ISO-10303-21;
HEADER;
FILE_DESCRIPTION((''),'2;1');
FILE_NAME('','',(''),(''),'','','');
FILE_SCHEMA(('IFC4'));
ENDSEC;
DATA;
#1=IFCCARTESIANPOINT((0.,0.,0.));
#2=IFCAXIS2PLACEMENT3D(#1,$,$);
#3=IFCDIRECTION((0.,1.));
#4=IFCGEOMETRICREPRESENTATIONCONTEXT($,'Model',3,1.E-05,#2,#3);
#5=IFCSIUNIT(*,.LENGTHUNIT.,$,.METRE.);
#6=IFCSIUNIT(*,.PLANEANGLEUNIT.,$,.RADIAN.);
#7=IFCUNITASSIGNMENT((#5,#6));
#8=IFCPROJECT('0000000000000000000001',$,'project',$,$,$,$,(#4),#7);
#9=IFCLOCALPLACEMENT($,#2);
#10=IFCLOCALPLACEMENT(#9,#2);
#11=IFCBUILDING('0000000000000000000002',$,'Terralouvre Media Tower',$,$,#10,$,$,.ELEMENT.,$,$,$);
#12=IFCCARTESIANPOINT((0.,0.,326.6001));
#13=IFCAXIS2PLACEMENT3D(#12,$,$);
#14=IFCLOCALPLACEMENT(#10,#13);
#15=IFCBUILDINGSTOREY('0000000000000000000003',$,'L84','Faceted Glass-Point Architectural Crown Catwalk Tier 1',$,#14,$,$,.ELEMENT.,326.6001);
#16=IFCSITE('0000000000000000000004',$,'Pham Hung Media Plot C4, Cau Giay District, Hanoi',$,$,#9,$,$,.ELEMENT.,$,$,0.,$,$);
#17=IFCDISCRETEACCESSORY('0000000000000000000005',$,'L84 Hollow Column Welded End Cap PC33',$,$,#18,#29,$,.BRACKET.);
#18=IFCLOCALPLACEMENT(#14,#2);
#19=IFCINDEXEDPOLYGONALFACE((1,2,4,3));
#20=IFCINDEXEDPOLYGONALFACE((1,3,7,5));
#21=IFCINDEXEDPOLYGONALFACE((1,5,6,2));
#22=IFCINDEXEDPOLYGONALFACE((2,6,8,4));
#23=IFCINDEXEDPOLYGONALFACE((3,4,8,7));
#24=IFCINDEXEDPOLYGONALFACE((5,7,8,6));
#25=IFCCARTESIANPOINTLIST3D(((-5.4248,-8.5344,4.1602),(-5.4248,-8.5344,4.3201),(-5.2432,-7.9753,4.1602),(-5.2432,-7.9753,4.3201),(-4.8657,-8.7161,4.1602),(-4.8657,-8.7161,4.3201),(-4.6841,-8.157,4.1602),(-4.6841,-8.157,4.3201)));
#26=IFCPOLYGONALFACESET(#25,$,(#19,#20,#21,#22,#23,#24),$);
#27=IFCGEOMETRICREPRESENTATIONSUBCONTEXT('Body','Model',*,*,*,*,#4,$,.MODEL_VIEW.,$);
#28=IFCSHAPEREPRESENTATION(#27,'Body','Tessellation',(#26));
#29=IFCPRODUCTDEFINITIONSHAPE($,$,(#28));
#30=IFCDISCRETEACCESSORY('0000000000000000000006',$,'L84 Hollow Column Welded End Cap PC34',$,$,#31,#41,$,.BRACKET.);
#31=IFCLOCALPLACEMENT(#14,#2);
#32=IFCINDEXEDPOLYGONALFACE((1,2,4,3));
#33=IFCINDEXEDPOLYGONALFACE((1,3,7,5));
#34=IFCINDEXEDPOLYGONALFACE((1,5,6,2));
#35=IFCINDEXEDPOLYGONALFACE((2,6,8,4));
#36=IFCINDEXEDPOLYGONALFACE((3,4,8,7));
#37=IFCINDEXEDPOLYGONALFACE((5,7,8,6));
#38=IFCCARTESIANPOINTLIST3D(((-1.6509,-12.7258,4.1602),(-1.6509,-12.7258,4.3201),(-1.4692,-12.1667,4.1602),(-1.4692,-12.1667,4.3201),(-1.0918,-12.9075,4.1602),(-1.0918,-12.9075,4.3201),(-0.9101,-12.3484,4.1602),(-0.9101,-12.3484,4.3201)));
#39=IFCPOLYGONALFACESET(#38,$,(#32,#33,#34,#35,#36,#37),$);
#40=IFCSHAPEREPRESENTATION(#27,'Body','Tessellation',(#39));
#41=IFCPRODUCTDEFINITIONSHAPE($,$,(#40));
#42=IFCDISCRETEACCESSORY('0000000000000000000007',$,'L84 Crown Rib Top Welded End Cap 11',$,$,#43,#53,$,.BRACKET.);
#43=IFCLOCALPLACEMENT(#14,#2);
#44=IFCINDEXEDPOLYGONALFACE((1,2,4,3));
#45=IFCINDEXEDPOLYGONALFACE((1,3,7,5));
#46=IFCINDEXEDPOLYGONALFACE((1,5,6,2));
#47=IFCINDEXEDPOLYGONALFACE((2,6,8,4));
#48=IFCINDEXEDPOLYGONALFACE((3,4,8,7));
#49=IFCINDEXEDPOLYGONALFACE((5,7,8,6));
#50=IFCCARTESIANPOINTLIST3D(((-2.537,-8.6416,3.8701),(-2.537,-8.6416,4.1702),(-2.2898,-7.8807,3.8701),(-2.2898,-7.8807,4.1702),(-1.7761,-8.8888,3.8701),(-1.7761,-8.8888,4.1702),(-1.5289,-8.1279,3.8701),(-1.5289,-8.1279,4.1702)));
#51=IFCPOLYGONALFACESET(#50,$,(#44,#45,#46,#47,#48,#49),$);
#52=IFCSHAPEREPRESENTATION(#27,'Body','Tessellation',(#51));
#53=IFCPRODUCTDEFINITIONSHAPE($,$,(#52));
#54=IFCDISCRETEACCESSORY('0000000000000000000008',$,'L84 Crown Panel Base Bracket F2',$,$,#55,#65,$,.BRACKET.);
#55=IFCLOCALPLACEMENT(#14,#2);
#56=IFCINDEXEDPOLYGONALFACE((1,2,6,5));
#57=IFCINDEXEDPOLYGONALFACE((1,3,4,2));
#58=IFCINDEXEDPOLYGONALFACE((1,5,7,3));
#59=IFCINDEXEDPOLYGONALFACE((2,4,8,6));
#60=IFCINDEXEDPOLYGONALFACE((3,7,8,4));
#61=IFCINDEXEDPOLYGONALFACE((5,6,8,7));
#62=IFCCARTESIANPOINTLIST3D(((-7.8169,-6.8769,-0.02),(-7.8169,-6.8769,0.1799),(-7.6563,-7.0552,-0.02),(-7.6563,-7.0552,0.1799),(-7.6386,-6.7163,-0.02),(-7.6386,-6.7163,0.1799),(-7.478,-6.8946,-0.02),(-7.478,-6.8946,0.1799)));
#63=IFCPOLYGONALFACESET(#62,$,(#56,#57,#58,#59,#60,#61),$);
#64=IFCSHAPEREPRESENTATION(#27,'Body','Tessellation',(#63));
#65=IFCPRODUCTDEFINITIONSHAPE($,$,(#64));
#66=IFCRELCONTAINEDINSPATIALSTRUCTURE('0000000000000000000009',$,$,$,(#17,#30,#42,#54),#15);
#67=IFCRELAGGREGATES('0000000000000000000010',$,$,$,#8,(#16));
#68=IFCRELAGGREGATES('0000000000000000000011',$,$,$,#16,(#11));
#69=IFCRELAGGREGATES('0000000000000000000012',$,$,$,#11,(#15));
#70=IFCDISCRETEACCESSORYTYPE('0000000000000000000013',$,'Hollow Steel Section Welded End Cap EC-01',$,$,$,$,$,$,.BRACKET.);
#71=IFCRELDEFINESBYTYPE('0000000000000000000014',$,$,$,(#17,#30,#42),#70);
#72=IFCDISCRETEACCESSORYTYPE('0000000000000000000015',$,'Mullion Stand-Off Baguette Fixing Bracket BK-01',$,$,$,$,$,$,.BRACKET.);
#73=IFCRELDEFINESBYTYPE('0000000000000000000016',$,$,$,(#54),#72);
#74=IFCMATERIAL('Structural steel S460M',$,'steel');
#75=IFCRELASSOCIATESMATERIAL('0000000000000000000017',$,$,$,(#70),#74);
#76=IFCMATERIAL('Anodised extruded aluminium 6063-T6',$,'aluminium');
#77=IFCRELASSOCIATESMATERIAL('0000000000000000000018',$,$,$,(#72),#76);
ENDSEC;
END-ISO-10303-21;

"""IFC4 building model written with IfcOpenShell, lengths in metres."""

from ifc_helpers import new_model, si_unit, direction, frame, origin, origin_2d, place, context, subcontext, project, spatial, rectangle, extrude, material, type_object, element, save


model = new_model("IFC4")

# Units and contexts
model_context = context("Model", 3, precision=1e-05, world=origin(), true_north=direction((0.0, 1.0)))
body_context = subcontext(model_context, "Body", "Model", "MODEL_VIEW")
ifc_project = project(units=[si_unit("LENGTHUNIT", "METRE"), si_unit("PLANEANGLEUNIT", "RADIAN")], contexts=[model_context])

# Site, building, storey
site_placement = place(None, origin())
site = spatial("IfcSite", under=ifc_project, at=site_placement, Name="Pham Hung Media Plot C4, Cau Giay District, Hanoi", CompositionType="ELEMENT", RefElevation=0.0)
building_placement = place(site_placement, origin())
building = spatial("IfcBuilding", under=site, at=building_placement, Name="Terralouvre Media Tower", CompositionType="ELEMENT")
storey_placement = place(building_placement, frame((0.0, 0.0, 326.6001)))
storey = spatial("IfcBuildingStorey", under=building, at=storey_placement, Name="L84", Description="Faceted Glass-Point Architectural Crown Catwalk Tier 1", CompositionType="ELEMENT", Elevation=326.6001)

# Discrete accessories
ifc_material_1 = material(Name="Structural steel S460M", Category="steel")
discrete_accessory_type_1 = type_object("IfcDiscreteAccessoryType", Name="Hollow Steel Section Welded End Cap EC-01", PredefinedType="BRACKET", material=ifc_material_1)
for number, where, z_axis, x_axis, name in (
    (1, (-5.0544, -8.3457, 4.1602), (0.0, 0.0, 1.0), (0.309017, 0.951057, 0.0), "L84 Hollow Column Welded End Cap PC33"),
    (2, (-1.2805, -12.5371, 4.1602), (0.0, 0.0, 1.0), (0.309017, 0.951057, 0.0), "L84 Hollow Column Welded End Cap PC34"),
):
    element("IfcDiscreteAccessory", number, at=place(storey_placement, frame(where, z_axis=z_axis, x_axis=x_axis)), inside=storey, type_object=discrete_accessory_type_1, Name=name, PredefinedType="BRACKET", context=body_context, shape_type="SweptSolid", body=[
        extrude(rectangle(XDim=0.5879, YDim=0.5879, at=origin_2d()), origin(), (0.0, 0.0, 1.0), 0.1599),
    ])
discrete_accessory_1_placement = place(storey_placement, frame((-2.033, -8.3848, 3.8701), z_axis=(0.0, 0.0, 1.0), x_axis=(0.309017, 0.951057, 0.0)))
element("IfcDiscreteAccessory", 3, at=discrete_accessory_1_placement, inside=storey, type_object=discrete_accessory_type_1, Name="L84 Crown Rib Top Welded End Cap 11", PredefinedType="BRACKET", context=body_context, shape_type="SweptSolid", body=[
    extrude(rectangle(XDim=0.8, YDim=0.8, at=origin_2d()), origin(), (0.0, 0.0, 1.0), 0.3),
])
ifc_material_2 = material(Name="Anodised extruded aluminium 6063-T6", Category="aluminium")
discrete_accessory_type_2 = type_object("IfcDiscreteAccessoryType", Name="Mullion Stand-Off Baguette Fixing Bracket BK-01", PredefinedType="BRACKET", material=ifc_material_2)
discrete_accessory_2_placement = place(storey_placement, frame((-7.6475, -6.8857, -0.02), z_axis=(0.0, 0.0, 1.0), x_axis=(0.669131, -0.743145, 0.0)))
element("IfcDiscreteAccessory", 4, at=discrete_accessory_2_placement, inside=storey, type_object=discrete_accessory_type_2, Name="L84 Crown Panel Base Bracket F2", PredefinedType="BRACKET", context=body_context, shape_type="SweptSolid", body=[
    extrude(rectangle(XDim=0.24, YDim=0.24, at=origin_2d()), origin(), (0.0, 0.0, 1.0), 0.2),
])

save(model, "model.ifc")
